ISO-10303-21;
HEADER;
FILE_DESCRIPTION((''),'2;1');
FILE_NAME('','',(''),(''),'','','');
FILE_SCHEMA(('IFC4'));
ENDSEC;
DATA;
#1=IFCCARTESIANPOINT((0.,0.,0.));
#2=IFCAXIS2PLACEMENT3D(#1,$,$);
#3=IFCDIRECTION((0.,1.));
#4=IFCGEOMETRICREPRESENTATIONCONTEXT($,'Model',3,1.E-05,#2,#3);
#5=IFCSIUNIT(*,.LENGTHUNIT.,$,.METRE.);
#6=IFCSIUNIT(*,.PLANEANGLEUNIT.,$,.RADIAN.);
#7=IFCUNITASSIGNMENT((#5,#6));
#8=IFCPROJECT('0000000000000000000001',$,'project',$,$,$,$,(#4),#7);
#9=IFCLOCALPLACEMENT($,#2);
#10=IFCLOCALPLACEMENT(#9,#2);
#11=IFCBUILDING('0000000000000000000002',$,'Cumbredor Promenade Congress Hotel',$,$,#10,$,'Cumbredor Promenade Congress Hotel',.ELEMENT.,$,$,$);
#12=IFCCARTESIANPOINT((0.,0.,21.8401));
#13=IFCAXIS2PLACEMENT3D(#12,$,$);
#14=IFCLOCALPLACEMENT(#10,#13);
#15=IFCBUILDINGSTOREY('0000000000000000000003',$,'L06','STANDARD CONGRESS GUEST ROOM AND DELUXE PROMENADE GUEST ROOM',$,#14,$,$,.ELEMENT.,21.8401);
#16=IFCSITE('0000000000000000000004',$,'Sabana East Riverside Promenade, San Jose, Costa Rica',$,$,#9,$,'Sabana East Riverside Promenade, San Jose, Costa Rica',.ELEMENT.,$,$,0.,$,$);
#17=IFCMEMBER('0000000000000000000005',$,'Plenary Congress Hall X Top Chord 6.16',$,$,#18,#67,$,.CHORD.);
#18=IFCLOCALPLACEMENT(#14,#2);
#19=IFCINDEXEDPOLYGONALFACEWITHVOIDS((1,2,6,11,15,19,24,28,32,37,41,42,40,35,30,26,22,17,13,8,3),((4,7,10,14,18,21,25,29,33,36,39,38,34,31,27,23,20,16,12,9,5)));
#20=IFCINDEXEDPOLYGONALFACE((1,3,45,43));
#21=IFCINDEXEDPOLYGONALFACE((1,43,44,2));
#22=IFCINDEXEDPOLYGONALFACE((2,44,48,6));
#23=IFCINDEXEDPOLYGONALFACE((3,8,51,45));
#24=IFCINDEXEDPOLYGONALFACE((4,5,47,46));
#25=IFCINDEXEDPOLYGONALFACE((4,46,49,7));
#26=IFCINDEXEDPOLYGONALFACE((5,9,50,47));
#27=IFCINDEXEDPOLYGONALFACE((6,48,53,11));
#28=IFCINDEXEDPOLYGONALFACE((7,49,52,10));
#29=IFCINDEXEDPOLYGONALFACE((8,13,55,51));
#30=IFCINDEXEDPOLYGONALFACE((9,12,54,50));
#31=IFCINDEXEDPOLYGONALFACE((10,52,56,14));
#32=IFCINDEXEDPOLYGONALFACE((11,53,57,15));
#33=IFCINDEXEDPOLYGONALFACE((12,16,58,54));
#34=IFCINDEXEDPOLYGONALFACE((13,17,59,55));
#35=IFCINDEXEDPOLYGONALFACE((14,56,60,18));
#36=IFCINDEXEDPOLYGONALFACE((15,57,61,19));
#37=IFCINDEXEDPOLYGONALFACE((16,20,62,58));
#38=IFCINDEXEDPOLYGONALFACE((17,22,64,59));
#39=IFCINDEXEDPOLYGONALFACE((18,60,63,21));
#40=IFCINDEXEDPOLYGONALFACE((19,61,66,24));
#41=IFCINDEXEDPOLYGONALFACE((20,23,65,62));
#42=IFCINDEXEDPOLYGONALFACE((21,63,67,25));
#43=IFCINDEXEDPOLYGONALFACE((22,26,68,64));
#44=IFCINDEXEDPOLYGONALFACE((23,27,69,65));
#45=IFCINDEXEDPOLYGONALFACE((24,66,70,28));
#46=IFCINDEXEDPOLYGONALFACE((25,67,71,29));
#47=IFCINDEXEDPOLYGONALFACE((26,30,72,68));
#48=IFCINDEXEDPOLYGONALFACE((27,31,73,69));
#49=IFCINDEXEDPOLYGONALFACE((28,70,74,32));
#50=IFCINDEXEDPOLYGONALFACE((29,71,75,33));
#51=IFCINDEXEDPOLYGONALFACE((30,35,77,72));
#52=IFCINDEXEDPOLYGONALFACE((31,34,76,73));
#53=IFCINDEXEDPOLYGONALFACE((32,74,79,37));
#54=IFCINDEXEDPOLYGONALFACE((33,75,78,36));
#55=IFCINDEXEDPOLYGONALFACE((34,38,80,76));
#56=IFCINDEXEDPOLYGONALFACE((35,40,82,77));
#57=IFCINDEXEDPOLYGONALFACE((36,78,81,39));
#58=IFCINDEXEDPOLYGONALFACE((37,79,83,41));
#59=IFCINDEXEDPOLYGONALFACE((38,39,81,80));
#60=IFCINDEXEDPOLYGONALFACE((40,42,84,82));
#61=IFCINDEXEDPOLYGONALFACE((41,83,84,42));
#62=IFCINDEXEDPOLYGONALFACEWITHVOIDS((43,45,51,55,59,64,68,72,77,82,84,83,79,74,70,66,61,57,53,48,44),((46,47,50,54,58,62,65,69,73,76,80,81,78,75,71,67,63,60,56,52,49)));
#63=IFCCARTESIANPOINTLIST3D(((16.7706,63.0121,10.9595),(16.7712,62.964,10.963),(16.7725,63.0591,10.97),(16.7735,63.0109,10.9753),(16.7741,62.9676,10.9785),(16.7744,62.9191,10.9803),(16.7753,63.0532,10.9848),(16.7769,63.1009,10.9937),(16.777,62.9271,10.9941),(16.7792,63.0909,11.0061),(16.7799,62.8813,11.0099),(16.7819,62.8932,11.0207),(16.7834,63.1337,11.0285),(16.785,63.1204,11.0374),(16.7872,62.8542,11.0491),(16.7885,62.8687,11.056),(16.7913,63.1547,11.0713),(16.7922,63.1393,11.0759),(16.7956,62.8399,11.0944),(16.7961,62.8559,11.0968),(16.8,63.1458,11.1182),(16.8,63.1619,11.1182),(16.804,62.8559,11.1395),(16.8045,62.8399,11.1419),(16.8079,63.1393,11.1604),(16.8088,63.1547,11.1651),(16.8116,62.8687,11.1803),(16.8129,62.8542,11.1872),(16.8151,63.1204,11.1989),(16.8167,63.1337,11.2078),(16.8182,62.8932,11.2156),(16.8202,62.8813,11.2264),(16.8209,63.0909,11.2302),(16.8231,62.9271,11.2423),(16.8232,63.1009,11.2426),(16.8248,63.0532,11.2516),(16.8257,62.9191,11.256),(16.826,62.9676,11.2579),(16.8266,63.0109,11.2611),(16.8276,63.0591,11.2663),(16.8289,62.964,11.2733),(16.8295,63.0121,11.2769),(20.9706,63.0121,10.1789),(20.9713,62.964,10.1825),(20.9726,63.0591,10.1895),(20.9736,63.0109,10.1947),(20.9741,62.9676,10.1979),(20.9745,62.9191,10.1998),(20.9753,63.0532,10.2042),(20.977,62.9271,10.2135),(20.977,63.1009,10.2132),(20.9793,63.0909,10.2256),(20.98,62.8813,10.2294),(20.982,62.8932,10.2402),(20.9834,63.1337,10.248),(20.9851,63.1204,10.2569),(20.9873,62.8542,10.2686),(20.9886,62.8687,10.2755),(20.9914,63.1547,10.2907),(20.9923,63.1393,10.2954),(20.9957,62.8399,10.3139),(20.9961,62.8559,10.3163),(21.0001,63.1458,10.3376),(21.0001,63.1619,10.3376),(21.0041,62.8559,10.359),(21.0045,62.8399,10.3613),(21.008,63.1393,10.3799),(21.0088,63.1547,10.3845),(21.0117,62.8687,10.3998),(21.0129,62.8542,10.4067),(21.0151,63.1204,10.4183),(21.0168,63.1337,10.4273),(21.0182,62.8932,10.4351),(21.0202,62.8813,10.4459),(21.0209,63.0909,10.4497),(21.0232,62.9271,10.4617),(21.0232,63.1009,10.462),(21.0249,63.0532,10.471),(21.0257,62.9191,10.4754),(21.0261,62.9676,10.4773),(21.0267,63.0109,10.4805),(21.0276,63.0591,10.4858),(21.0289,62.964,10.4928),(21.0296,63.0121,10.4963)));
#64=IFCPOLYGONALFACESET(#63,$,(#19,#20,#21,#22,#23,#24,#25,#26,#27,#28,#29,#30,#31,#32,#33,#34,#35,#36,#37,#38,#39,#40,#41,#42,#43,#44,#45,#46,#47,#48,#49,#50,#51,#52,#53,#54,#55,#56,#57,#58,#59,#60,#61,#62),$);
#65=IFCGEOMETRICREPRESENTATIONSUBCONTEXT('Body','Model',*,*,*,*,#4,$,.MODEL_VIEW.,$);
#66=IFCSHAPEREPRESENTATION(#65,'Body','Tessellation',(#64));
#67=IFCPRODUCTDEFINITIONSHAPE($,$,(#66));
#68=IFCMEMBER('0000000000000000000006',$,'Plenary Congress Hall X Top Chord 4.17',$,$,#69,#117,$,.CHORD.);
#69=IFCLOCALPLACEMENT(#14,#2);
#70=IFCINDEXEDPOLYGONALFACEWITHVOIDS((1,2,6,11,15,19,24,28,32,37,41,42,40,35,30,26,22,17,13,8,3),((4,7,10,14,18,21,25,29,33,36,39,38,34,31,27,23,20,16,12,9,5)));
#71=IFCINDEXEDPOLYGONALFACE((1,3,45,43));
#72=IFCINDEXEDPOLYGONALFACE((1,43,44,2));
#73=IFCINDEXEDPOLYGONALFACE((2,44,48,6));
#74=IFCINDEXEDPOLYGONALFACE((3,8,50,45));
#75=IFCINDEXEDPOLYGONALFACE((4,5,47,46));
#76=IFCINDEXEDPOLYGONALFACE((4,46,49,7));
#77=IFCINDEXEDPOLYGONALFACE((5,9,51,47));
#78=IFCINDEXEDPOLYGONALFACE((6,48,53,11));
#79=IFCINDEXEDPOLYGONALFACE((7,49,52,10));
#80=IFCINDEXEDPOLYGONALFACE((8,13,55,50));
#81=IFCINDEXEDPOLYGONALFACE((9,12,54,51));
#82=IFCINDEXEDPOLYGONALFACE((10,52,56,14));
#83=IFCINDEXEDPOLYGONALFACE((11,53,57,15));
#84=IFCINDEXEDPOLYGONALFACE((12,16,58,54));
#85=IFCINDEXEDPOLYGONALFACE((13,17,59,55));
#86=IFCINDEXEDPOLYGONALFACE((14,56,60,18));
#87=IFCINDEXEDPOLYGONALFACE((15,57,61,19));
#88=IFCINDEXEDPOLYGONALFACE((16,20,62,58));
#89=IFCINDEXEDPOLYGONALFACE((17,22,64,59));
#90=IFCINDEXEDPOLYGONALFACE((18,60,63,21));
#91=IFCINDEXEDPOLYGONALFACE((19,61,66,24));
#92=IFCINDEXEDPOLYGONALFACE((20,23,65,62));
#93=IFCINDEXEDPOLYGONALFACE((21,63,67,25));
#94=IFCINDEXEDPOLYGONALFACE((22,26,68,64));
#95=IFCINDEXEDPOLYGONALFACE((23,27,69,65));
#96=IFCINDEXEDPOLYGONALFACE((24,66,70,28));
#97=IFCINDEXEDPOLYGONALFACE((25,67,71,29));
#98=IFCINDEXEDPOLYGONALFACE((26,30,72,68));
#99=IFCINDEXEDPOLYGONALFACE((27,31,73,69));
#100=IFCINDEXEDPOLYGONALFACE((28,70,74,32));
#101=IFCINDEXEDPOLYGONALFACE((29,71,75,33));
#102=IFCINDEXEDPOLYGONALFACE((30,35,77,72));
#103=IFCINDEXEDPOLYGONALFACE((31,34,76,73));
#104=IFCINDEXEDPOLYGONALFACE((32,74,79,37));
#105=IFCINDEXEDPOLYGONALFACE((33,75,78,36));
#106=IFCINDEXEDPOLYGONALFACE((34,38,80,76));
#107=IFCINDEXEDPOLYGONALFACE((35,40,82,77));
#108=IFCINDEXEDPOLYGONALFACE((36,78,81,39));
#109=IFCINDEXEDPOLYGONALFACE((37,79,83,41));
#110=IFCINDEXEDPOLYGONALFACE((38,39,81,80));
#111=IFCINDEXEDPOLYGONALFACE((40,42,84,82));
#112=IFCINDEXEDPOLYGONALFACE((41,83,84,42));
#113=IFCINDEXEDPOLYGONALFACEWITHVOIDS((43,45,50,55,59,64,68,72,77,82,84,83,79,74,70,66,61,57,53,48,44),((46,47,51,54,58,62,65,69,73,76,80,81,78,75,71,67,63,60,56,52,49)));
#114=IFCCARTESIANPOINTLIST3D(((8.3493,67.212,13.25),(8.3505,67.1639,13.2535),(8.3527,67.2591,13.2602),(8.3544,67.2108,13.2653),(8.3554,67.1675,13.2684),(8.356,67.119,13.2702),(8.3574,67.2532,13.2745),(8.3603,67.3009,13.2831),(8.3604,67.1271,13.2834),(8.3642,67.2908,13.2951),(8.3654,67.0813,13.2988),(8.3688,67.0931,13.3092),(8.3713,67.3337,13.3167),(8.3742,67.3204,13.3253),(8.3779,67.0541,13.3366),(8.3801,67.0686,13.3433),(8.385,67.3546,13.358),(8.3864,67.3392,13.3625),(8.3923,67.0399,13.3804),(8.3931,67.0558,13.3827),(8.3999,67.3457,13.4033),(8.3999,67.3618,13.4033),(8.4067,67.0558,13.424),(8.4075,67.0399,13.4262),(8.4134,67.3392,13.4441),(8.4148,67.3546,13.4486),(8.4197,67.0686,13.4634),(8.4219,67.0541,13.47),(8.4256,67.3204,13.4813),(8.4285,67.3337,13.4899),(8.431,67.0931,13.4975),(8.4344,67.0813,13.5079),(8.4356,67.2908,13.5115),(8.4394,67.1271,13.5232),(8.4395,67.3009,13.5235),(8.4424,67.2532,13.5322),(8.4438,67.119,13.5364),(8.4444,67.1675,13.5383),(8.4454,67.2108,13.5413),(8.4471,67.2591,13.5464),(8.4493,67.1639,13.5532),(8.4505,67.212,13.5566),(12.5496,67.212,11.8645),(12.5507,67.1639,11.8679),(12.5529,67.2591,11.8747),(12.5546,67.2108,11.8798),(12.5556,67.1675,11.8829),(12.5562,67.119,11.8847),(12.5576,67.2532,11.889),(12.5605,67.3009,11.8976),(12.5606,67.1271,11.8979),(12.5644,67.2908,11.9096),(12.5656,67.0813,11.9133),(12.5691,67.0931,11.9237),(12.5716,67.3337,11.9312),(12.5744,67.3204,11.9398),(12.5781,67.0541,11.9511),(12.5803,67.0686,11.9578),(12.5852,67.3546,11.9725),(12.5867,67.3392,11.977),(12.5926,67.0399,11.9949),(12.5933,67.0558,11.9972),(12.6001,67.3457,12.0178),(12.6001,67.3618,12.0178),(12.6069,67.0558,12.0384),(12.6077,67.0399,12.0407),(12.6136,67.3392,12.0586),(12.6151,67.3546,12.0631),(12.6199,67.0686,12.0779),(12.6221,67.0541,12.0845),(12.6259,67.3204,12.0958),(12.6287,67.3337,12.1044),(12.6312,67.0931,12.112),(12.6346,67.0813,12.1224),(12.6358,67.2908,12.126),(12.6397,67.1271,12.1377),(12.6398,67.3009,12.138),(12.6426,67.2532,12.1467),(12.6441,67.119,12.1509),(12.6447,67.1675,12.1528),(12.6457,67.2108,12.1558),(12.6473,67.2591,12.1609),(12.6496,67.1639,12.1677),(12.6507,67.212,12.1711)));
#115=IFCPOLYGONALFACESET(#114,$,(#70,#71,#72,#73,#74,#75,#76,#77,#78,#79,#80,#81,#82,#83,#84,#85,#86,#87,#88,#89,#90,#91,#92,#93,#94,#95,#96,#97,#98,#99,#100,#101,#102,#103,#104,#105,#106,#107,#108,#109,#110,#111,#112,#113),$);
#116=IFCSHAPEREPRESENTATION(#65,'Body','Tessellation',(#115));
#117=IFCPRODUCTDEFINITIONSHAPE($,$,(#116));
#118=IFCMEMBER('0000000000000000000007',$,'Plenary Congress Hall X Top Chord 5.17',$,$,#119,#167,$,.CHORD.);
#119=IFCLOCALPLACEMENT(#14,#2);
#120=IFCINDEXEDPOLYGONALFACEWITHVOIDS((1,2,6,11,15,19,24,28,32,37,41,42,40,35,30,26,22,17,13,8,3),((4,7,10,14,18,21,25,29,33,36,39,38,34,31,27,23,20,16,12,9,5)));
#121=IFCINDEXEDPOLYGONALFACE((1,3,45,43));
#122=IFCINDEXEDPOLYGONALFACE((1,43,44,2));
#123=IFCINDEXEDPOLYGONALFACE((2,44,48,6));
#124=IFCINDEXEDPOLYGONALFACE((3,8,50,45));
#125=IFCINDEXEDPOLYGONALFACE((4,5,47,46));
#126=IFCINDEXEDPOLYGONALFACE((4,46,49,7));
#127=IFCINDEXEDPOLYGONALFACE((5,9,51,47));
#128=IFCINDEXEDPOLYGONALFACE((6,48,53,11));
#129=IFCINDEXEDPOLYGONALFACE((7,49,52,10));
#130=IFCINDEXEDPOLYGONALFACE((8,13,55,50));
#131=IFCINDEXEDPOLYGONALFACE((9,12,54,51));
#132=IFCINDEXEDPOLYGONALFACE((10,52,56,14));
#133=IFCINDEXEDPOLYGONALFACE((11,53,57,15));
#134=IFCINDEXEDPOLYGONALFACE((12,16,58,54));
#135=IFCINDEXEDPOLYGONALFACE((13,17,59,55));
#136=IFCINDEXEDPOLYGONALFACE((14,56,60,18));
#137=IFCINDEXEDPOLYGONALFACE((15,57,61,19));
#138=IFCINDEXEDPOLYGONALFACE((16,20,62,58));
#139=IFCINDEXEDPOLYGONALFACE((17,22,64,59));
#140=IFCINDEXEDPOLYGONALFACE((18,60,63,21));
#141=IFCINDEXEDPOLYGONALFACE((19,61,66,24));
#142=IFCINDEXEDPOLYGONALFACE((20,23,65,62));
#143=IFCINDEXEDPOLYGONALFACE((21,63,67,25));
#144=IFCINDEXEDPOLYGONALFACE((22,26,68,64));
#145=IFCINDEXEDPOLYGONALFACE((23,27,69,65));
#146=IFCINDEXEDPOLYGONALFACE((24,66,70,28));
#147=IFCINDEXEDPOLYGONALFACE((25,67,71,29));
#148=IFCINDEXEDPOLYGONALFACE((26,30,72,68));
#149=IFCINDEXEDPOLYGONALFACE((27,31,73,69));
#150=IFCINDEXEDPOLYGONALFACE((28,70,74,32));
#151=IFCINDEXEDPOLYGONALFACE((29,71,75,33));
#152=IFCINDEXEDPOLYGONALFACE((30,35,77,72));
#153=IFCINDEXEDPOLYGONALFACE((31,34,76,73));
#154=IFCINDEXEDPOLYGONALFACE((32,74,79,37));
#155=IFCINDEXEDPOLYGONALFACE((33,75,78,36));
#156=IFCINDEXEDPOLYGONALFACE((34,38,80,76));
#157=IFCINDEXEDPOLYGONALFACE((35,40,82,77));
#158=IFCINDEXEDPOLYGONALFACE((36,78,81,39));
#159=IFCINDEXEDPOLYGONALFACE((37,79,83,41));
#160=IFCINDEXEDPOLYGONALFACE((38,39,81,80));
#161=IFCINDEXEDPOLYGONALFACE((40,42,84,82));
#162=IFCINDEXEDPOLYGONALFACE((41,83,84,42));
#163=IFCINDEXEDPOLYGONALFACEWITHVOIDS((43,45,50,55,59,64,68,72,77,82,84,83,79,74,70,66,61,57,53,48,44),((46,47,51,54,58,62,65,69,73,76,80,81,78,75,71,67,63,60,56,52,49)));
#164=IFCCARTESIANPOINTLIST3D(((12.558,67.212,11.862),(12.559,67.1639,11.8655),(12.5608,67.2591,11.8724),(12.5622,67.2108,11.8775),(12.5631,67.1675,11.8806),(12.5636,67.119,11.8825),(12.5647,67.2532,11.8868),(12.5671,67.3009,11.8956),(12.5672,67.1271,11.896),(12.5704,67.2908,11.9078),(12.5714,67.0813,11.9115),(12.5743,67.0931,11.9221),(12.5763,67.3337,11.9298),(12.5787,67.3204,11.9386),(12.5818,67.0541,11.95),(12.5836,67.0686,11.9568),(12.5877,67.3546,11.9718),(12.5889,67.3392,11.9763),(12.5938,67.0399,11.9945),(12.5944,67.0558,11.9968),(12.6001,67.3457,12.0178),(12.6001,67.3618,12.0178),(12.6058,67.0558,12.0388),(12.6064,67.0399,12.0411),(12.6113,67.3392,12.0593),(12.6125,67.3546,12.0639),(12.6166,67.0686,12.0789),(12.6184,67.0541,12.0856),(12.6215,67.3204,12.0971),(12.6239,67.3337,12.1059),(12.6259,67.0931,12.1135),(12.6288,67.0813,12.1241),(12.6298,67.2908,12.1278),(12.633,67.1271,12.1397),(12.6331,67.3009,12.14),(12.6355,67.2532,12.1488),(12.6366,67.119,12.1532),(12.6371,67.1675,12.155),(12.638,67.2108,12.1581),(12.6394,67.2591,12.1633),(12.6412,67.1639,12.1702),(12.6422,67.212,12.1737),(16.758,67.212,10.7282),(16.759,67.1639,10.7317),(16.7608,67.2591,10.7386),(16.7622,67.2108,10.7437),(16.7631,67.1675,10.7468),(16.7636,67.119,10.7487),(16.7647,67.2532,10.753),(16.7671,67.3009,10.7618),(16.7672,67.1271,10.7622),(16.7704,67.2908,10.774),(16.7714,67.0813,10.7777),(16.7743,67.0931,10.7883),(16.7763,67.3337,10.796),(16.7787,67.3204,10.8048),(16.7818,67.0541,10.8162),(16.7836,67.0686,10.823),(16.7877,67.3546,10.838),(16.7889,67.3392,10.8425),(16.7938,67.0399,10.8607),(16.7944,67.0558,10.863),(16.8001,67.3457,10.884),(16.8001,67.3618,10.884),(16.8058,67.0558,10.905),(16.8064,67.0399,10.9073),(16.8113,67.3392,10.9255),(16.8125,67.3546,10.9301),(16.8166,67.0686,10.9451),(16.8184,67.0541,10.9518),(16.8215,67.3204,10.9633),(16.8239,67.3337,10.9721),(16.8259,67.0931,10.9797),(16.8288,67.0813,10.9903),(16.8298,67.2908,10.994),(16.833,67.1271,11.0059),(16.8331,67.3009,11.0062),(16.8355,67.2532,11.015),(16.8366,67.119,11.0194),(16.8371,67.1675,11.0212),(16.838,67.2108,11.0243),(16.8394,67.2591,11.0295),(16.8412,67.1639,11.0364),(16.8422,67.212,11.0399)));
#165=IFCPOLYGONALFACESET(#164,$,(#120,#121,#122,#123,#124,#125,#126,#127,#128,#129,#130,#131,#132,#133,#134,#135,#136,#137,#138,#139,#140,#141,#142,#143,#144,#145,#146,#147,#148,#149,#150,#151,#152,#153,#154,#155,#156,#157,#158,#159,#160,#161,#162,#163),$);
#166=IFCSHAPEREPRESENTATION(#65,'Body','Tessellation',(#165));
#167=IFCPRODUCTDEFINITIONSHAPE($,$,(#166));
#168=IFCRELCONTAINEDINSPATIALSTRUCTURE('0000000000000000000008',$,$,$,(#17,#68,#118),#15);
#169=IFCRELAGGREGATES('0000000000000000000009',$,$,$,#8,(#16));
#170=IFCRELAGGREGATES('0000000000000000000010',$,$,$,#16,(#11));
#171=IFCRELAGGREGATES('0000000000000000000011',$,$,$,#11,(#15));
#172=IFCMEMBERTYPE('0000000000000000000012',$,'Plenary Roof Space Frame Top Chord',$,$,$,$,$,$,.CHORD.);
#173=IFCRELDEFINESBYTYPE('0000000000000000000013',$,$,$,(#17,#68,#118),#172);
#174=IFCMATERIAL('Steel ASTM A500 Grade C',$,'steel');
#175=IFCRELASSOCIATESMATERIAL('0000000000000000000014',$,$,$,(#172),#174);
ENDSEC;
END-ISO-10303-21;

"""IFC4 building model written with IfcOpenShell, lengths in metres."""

from ifc_helpers import new_model, si_unit, direction, frame, origin, origin_2d, place, context, subcontext, project, spatial, hollow_circle, extrude, material, material_profile, profile_set, type_object, element, save


model = new_model("IFC4")

# Units and contexts
model_context = context("Model", 3, precision=1e-05, world=origin(), true_north=direction((0.0, 1.0)))
body_context = subcontext(model_context, "Body", "Model", "MODEL_VIEW")
ifc_project = project(units=[si_unit("LENGTHUNIT", "METRE"), si_unit("PLANEANGLEUNIT", "RADIAN")], contexts=[model_context])

# Site, building, storey
site_placement = place(None, origin())
site = spatial("IfcSite", under=ifc_project, at=site_placement, Name="Sabana East Riverside Promenade, San Jose, Costa Rica", LongName="Sabana East Riverside Promenade, San Jose, Costa Rica", CompositionType="ELEMENT", RefElevation=0.0)
building_placement = place(site_placement, origin())
building = spatial("IfcBuilding", under=site, at=building_placement, Name="Cumbredor Promenade Congress Hotel", LongName="Cumbredor Promenade Congress Hotel", CompositionType="ELEMENT")
storey_placement = place(building_placement, frame((0.0, 0.0, 21.8401)))
storey = spatial("IfcBuildingStorey", under=building, at=storey_placement, Name="L06", Description="STANDARD CONGRESS GUEST ROOM AND DELUXE PROMENADE GUEST ROOM", CompositionType="ELEMENT", Elevation=21.8401)

# Members
ifc_material_1 = material(Name="Steel ASTM A500 Grade C", Category="steel")
ifc_material_profile_1 = material_profile(ifc_material_1, hollow_circle(Radius=0.1619, WallThickness=0.0161, at=origin_2d()), Name="CHS 323.9x16")
ifc_profile_set_1 = profile_set([ifc_material_profile_1], Name="Steel ASTM A500 Grade C")
member_type_1 = type_object("IfcMemberType", Name="Plenary Roof Space Frame Top Chord", PredefinedType="CHORD", material=ifc_profile_set_1)
member_1_placement = place(storey_placement, frame((16.8, 63.0, 11.1182), z_axis=(0.983167, 0.0, -0.182711), x_axis=(0.0, 1.0, 0.0)))
element("IfcMember", 1, at=member_1_placement, inside=storey, type_object=member_type_1, Name="Plenary Congress Hall X Top Chord 6.16", PredefinedType="CHORD", context=body_context, shape_type="SweptSolid", body=[
    extrude(hollow_circle(Radius=0.1619, WallThickness=0.0161, at=origin_2d()), origin(), (0.0, 0.0, 1.0), 4.272),
])
member_2_placement = place(storey_placement, frame((8.3999, 67.2, 13.4033), z_axis=(0.949667, 0.0, -0.313262), x_axis=(0.0, 1.0, 0.0)))
element("IfcMember", 2, at=member_2_placement, inside=storey, type_object=member_type_1, Name="Plenary Congress Hall X Top Chord 4.17", PredefinedType="CHORD", context=body_context, shape_type="SweptSolid", body=[
    extrude(hollow_circle(Radius=0.1619, WallThickness=0.0161, at=origin_2d()), origin(), (0.0, 0.0, 1.0), 4.4229),
])
member_3_placement = place(storey_placement, frame((12.6001, 67.2, 12.0178), z_axis=(0.965441, 0.0, -0.260623), x_axis=(0.0, 1.0, 0.0)))
element("IfcMember", 3, at=member_3_placement, inside=storey, type_object=member_type_1, Name="Plenary Congress Hall X Top Chord 5.17", PredefinedType="CHORD", context=body_context, shape_type="SweptSolid", body=[
    extrude(hollow_circle(Radius=0.1619, WallThickness=0.0161, at=origin_2d()), origin(), (0.0, 0.0, 1.0), 4.3503),
])

save(model, "model.ifc")
